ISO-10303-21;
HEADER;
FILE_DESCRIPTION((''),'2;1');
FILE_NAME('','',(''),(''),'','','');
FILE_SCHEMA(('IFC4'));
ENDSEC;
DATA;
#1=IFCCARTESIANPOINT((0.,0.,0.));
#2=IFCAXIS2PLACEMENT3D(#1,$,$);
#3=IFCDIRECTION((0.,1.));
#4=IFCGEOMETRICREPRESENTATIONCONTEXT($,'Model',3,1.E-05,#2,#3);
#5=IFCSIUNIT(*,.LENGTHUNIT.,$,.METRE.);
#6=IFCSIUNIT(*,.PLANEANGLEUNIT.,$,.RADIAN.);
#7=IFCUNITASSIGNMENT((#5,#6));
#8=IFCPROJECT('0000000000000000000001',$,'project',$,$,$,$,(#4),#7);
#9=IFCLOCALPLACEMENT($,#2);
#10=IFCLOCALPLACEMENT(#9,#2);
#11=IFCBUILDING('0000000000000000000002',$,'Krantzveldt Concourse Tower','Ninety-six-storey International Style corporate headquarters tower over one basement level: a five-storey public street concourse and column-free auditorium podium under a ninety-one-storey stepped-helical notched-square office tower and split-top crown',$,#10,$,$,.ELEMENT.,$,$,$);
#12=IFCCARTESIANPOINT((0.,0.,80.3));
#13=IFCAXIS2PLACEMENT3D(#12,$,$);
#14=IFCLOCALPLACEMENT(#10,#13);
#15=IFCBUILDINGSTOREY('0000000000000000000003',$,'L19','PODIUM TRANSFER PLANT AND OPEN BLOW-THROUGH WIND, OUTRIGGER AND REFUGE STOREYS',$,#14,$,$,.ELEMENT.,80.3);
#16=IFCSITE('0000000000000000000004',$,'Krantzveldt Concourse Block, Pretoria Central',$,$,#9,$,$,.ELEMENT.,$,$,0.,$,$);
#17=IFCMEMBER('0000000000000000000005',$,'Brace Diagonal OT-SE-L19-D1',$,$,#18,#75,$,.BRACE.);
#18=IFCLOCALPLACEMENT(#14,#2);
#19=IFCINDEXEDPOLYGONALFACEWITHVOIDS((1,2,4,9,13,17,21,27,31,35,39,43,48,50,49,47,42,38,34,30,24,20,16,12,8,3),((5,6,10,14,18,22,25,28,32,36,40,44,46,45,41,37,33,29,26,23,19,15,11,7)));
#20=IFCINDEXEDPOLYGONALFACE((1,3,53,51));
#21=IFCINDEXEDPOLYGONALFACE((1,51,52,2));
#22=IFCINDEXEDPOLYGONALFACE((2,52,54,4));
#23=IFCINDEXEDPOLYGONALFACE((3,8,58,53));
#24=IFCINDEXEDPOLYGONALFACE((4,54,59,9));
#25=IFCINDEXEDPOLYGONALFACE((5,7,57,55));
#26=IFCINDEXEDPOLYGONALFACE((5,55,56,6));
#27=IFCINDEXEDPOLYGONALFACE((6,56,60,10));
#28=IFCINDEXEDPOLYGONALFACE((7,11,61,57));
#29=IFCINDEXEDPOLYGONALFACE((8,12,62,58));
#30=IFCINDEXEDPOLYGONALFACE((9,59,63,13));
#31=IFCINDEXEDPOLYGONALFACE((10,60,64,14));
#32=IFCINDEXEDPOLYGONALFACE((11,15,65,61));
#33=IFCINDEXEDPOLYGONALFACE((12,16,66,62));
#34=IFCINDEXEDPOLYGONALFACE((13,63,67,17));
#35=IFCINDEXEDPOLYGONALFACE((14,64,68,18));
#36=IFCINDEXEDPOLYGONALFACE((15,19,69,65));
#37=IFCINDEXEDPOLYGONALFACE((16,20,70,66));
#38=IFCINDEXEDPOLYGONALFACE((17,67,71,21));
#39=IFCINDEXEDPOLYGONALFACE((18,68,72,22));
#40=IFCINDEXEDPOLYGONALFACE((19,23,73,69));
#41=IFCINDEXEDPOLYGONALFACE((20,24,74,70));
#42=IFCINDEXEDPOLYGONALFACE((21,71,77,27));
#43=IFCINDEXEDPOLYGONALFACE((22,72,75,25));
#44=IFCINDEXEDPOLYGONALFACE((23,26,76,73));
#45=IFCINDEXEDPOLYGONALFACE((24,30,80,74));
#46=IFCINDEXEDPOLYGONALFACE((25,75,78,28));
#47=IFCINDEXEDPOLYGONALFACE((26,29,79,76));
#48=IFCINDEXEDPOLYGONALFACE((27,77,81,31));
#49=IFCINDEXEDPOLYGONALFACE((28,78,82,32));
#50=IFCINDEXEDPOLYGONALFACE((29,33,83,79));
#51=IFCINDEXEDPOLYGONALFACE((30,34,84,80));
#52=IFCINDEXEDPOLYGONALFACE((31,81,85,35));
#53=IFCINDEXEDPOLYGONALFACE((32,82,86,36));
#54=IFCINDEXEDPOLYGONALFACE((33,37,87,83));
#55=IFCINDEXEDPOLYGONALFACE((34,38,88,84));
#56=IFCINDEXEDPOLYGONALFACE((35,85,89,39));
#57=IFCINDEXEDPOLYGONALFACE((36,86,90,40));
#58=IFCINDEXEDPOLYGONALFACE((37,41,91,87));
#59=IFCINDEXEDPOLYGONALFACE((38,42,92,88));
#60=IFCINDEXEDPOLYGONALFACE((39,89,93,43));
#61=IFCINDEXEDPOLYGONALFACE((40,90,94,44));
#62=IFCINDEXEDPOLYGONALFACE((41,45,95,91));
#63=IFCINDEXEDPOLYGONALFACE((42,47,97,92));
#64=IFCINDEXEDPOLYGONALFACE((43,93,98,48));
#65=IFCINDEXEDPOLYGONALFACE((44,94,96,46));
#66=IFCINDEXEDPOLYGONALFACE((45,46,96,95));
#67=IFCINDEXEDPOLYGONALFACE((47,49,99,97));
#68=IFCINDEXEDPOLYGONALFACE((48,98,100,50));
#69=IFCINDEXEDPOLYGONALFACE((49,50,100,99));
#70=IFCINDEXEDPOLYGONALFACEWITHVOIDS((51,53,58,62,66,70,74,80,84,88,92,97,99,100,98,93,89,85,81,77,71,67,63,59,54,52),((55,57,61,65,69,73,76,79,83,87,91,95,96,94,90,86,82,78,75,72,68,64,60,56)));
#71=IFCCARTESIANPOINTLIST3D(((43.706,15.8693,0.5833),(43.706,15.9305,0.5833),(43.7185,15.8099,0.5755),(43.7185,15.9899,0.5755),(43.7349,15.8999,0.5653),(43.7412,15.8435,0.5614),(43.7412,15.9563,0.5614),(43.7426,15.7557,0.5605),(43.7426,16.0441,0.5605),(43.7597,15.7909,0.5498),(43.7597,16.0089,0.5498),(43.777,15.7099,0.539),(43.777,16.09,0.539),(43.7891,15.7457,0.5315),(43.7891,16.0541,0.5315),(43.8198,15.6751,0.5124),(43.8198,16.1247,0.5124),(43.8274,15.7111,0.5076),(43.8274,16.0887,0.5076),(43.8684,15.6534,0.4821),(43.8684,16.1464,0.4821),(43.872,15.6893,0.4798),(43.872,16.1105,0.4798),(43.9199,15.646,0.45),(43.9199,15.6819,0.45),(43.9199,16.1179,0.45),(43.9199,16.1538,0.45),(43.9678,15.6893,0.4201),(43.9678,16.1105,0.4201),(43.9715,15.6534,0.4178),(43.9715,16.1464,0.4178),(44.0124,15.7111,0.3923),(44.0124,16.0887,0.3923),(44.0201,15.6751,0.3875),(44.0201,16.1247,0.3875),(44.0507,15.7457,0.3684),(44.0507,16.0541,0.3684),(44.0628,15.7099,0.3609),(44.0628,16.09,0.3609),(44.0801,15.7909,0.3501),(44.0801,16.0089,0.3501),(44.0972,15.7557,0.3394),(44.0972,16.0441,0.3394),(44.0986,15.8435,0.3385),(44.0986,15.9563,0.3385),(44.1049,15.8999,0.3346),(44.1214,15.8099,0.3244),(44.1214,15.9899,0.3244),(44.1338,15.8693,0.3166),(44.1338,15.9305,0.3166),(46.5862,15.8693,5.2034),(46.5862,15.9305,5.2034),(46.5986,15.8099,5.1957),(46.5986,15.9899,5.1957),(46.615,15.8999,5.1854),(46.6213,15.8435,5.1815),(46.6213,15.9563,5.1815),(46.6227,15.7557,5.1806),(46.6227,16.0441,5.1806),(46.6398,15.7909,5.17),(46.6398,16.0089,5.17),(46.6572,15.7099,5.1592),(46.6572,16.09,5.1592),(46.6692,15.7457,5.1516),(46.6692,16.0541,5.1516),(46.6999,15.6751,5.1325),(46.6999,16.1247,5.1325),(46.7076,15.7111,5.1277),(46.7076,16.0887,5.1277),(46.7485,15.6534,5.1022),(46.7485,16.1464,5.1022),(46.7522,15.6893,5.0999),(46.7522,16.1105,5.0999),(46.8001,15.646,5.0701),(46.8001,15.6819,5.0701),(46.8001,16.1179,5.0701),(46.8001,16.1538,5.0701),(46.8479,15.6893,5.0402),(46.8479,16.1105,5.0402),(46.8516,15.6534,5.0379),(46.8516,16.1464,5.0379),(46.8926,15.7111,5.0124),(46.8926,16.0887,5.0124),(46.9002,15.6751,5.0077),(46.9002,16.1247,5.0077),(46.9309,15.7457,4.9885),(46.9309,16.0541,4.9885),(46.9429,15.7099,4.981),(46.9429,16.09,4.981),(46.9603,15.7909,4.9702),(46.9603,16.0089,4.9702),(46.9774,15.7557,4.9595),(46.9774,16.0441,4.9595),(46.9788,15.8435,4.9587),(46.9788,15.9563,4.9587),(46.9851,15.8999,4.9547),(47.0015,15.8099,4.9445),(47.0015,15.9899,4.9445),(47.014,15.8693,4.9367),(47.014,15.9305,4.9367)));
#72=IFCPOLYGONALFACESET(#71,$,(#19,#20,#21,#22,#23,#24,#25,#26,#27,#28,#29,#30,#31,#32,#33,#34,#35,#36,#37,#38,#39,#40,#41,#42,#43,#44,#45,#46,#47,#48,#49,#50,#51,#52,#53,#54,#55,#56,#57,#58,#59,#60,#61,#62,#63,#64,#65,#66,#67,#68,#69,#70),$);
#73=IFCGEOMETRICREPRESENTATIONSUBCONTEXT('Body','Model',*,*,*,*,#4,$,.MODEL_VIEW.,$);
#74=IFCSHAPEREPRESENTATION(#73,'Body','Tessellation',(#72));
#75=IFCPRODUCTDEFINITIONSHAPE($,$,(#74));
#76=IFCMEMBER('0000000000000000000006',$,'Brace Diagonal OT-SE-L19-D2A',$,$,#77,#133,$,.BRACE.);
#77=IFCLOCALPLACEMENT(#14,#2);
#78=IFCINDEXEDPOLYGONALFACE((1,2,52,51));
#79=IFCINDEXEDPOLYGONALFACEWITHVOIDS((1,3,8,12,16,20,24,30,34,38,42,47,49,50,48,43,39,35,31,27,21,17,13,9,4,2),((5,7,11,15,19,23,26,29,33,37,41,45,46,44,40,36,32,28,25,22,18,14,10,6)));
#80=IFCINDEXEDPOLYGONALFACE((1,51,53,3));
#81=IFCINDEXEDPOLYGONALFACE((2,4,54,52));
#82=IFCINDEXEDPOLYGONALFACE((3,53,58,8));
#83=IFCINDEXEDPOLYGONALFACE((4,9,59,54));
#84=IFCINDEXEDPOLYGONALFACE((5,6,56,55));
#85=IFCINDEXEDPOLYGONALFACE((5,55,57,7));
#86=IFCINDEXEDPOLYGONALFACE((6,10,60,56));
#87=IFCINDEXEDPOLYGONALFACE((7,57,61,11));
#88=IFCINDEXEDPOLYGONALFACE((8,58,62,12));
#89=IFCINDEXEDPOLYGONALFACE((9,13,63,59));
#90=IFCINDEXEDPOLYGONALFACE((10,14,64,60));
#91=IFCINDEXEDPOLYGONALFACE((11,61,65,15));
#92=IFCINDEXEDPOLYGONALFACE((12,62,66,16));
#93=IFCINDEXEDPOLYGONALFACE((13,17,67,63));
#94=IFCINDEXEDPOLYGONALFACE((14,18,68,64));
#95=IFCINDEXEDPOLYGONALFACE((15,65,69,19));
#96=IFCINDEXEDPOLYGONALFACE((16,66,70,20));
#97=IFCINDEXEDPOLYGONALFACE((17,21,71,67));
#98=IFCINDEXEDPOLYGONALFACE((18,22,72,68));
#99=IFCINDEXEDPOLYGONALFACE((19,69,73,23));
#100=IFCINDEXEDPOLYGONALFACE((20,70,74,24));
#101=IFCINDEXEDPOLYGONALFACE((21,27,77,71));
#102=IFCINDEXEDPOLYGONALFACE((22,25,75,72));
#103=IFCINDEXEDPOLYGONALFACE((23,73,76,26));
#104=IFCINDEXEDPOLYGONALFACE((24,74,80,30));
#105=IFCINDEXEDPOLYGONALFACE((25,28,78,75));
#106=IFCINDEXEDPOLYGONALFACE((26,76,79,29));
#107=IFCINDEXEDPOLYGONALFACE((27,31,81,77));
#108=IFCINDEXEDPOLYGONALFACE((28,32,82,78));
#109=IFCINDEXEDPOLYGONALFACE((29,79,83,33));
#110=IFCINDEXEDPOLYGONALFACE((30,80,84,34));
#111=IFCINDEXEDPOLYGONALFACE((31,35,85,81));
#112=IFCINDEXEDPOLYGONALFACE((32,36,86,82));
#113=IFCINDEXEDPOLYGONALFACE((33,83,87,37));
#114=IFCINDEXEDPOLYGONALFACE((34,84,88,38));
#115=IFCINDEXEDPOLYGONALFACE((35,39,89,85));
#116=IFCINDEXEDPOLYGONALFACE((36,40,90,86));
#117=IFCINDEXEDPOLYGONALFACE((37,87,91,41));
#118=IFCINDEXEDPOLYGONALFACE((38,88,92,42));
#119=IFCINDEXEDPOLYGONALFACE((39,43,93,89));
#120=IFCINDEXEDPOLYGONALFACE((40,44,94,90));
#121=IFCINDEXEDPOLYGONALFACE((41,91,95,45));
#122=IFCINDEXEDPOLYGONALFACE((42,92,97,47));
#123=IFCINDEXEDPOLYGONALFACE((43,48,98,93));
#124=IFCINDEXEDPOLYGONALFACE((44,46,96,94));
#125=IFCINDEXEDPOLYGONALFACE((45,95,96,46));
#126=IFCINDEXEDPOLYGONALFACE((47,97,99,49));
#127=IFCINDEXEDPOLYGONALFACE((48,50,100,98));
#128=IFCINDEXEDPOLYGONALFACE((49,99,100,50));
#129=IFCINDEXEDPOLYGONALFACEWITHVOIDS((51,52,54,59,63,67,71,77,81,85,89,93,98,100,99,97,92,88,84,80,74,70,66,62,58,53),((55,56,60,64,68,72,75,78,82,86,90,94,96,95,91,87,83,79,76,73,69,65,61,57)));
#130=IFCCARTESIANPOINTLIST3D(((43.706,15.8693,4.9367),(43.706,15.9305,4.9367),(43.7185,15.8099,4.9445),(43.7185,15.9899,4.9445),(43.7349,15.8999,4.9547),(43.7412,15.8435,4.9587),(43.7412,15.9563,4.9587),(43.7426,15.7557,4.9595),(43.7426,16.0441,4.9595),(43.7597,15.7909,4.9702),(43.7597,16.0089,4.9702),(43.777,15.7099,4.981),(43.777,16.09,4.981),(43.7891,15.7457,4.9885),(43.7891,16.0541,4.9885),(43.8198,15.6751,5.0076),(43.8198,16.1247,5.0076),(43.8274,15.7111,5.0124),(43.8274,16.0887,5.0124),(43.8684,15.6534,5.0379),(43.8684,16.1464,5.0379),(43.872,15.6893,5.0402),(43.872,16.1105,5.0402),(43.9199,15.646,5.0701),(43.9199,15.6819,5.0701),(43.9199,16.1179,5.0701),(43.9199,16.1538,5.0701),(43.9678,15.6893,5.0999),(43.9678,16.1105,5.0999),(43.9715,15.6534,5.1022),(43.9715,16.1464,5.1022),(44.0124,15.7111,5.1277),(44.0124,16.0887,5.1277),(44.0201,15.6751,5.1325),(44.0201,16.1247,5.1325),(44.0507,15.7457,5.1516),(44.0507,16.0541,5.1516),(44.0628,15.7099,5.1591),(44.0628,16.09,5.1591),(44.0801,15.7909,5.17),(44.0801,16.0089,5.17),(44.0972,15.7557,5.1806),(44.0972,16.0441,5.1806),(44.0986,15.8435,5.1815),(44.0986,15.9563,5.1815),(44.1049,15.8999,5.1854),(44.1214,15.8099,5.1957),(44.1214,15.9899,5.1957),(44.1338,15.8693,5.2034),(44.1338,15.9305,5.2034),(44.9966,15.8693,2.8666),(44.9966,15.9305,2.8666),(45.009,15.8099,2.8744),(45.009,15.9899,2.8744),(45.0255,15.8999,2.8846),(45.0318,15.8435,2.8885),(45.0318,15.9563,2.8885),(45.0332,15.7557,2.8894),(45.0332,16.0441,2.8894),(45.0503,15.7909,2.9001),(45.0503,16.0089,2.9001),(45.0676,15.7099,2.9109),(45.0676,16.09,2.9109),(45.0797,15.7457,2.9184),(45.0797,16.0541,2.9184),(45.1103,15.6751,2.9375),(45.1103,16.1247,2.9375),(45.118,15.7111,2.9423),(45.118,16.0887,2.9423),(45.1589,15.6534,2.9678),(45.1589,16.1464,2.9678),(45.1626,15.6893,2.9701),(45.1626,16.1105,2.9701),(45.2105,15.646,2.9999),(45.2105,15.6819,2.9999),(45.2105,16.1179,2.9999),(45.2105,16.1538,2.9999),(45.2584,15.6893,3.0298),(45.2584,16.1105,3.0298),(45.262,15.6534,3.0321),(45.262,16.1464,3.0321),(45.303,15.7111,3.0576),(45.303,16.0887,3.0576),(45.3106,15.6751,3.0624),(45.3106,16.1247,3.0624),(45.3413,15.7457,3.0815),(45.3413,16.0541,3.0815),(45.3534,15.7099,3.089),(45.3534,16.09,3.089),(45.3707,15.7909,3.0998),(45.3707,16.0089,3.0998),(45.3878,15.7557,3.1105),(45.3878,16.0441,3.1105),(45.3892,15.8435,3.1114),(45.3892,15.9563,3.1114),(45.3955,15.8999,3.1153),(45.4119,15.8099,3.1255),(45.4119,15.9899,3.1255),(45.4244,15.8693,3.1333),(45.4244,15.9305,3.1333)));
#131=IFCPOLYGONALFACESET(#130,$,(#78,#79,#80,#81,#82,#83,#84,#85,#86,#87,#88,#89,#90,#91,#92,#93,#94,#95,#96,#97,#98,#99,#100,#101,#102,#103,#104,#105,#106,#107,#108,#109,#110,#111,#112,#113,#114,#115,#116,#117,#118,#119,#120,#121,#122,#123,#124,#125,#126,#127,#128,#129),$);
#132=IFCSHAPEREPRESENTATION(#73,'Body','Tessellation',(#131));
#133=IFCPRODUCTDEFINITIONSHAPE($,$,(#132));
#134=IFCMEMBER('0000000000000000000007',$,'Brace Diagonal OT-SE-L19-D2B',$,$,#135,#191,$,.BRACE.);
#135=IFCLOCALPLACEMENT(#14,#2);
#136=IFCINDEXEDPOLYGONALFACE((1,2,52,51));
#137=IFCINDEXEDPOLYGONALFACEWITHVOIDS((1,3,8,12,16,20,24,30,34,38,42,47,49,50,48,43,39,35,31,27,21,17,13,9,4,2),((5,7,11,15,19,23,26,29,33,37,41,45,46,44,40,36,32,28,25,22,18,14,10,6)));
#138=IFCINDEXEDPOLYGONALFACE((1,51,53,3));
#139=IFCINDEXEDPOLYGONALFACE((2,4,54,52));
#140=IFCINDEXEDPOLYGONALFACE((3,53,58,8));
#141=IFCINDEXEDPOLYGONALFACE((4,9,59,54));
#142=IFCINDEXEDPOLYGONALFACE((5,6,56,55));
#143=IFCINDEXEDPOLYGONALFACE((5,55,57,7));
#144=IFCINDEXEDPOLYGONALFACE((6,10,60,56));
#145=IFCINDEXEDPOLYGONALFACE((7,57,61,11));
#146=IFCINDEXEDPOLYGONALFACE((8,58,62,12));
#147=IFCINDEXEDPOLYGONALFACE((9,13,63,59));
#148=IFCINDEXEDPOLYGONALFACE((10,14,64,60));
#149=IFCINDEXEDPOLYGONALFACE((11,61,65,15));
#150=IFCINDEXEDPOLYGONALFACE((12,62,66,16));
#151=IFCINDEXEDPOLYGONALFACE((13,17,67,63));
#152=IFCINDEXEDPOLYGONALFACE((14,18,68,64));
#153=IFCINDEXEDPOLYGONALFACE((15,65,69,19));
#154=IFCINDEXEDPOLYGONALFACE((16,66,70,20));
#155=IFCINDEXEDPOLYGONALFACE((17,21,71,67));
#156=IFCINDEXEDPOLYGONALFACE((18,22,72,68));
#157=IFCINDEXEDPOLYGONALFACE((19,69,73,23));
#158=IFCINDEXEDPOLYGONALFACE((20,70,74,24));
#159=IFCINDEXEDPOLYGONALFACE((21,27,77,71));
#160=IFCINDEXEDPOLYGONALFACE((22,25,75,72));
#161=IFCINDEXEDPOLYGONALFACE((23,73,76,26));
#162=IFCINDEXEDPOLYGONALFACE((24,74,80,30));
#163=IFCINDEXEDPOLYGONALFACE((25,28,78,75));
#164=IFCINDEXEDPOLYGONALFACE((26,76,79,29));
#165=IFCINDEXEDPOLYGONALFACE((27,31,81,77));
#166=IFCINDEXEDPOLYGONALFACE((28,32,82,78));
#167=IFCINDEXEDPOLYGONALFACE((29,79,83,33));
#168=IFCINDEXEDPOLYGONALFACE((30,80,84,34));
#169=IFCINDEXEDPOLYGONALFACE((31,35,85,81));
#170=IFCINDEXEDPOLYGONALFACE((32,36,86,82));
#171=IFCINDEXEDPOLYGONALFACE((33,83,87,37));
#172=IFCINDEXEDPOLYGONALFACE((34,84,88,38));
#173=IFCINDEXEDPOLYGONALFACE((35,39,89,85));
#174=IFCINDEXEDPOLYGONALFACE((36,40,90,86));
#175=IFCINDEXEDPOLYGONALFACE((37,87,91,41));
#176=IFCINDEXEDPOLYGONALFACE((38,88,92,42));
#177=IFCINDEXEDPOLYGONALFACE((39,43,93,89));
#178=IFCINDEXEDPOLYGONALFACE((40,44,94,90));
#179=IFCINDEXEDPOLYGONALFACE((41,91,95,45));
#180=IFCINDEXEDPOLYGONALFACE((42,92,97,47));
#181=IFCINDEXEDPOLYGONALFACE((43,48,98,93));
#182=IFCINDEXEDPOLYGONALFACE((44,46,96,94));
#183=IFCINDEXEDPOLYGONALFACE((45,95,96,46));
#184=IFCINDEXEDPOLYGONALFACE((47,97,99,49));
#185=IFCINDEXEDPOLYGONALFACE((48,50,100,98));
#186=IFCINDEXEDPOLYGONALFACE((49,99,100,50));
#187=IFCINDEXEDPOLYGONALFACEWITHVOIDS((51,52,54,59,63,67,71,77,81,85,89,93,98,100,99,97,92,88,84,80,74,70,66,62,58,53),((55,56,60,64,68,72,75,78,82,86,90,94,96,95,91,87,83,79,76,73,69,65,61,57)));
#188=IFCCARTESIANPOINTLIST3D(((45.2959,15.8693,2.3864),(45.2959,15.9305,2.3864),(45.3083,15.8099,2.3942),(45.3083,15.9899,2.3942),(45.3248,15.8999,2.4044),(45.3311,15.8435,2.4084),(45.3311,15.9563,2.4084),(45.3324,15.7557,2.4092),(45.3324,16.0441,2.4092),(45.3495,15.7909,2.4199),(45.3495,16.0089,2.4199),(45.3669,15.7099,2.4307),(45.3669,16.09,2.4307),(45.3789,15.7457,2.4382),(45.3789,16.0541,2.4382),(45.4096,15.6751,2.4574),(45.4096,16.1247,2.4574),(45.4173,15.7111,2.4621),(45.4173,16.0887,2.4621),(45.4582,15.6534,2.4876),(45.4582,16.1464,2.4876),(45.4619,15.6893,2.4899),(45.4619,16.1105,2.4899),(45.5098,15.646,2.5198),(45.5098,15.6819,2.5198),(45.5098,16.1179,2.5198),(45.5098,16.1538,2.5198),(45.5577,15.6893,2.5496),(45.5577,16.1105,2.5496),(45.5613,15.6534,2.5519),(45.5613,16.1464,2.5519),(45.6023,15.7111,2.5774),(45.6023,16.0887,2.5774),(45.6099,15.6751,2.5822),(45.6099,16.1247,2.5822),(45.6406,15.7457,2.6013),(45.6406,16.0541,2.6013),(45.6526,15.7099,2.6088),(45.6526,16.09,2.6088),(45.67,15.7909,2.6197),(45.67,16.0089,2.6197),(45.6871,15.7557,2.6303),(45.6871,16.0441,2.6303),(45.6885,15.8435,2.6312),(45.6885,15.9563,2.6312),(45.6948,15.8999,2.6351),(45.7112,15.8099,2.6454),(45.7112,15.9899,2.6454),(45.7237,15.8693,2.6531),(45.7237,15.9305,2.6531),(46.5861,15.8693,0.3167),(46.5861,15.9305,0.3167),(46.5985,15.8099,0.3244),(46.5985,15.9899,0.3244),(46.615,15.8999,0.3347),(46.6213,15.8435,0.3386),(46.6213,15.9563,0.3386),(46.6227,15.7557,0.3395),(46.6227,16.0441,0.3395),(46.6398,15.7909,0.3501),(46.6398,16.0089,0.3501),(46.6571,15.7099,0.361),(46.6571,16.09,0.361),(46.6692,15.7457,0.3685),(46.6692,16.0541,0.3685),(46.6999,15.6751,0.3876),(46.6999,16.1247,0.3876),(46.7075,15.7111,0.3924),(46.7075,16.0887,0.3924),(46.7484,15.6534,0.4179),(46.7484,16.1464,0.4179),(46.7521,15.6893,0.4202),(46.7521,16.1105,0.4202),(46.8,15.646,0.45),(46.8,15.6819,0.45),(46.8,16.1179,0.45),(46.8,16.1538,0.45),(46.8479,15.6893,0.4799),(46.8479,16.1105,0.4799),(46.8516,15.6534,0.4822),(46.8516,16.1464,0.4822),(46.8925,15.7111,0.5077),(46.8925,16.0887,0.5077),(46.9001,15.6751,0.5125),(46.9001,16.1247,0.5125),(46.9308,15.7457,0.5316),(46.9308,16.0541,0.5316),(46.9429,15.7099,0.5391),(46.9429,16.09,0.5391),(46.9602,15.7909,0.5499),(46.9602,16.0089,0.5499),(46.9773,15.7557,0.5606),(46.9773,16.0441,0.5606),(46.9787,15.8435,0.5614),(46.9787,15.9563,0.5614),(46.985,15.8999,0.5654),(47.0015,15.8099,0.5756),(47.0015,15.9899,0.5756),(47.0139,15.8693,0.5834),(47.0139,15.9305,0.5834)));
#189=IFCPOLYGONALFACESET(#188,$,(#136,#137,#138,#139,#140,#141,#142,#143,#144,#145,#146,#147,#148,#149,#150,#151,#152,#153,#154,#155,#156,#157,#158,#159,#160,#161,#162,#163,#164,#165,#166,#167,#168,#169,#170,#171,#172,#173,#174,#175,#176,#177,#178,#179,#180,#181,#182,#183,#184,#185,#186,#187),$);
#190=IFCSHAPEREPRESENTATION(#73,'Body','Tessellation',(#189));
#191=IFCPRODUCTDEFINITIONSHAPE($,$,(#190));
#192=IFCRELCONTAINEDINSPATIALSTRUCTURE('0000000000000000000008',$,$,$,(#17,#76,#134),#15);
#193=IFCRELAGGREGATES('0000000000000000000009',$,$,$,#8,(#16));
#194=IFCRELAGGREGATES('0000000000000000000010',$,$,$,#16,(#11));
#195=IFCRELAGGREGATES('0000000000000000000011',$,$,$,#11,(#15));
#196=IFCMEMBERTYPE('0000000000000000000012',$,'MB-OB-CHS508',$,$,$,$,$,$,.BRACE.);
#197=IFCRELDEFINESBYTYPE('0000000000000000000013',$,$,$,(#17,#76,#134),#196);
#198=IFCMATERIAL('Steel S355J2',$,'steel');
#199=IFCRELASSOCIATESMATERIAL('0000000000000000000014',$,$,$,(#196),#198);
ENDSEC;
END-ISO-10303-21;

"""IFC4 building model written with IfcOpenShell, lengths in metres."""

from ifc_helpers import new_model, si_unit, direction, frame, origin, origin_2d, place, context, subcontext, project, spatial, hollow_circle, extrude, source, transform, mapped, material, material_profile, profile_set, type_object, type_shapes, element, save


model = new_model("IFC4")

# Units and contexts
model_context = context("Model", 3, precision=1e-05, world=origin(), true_north=direction((0.0, 1.0)))
body_context = subcontext(model_context, "Body", "Model", "MODEL_VIEW")
ifc_project = project(units=[si_unit("LENGTHUNIT", "METRE"), si_unit("PLANEANGLEUNIT", "RADIAN")], contexts=[model_context])

# Site, building, storey
site_placement = place(None, origin())
site = spatial("IfcSite", under=ifc_project, at=site_placement, Name="Krantzveldt Concourse Block, Pretoria Central", CompositionType="ELEMENT", RefElevation=0.0)
building_placement = place(site_placement, origin())
building = spatial("IfcBuilding", under=site, at=building_placement, Name="Krantzveldt Concourse Tower", Description="Ninety-six-storey International Style corporate headquarters tower over one basement level: a five-storey public street concourse and column-free auditorium podium under a ninety-one-storey stepped-helical notched-square office tower and split-top crown", CompositionType="ELEMENT")
storey_placement = place(building_placement, frame((0.0, 0.0, 80.3)))
storey = spatial("IfcBuildingStorey", under=building, at=storey_placement, Name="L19", Description="PODIUM TRANSFER PLANT AND OPEN BLOW-THROUGH WIND, OUTRIGGER AND REFUGE STOREYS", CompositionType="ELEMENT", Elevation=80.3)

# Shared definitions
ifc_material_1 = material(Name="Steel S355J2", Category="steel")

# Members
ifc_material_profile_1 = material_profile(ifc_material_1, hollow_circle(Radius=0.2539, WallThickness=0.0359, at=origin_2d()), Name="Steel S355J2", Category="steel")
ifc_profile_set_1 = profile_set([ifc_material_profile_1], Name="Steel S355J2 - CHS 508x36")
member_type = type_object("IfcMemberType", Name="MB-OB-CHS508", PredefinedType="BRACE", material=ifc_profile_set_1)
shared_shape_1 = source(origin(), body_context, "Body", "SweptSolid", [
    extrude(hollow_circle(Radius=0.2539, WallThickness=0.0359, at=origin_2d()), origin(), (0.0, 0.0, 1.0), 5.4443),
])
member_1_placement = place(storey_placement, frame((43.9199, 15.8999, 0.45), z_axis=(0.529015, 0.0, 0.848612), x_axis=(0.0, 1.0, 0.0)))
element("IfcMember", 1, at=member_1_placement, inside=storey, type_object=member_type, Name="Brace Diagonal OT-SE-L19-D1", PredefinedType="BRACE", context=body_context, shape_type="MappedRepresentation", body=[
    mapped(shared_shape_1, transform((0.0, 0.0, 0.0), x_axis=(1.0, 0.0, 0.0), y_axis=(0.0, 1.0, 0.0), z_axis=(0.0, 0.0, 1.0), scale=1.0)),
])
shared_shape_2 = source(origin(), body_context, "Body", "SweptSolid", [
    extrude(hollow_circle(Radius=0.2539, WallThickness=0.0359, at=origin_2d()), origin(), (0.0, 0.0, 1.0), 2.4395),
])
member_2_placement = place(storey_placement, frame((43.9199, 15.8999, 5.0701), z_axis=(0.529036, 0.0, -0.848599), x_axis=(0.0, 1.0, 0.0)))
element("IfcMember", 2, at=member_2_placement, inside=storey, type_object=member_type, Name="Brace Diagonal OT-SE-L19-D2A", PredefinedType="BRACE", context=body_context, shape_type="MappedRepresentation", body=[
    mapped(shared_shape_2, transform((0.0, 0.0, 0.0), x_axis=(1.0, 0.0, 0.0), y_axis=(0.0, 1.0, 0.0), z_axis=(0.0, 0.0, 1.0), scale=1.0)),
])
shared_shape_3 = source(origin(), body_context, "Body", "SweptSolid", [
    extrude(hollow_circle(Radius=0.2539, WallThickness=0.0359, at=origin_2d()), origin(), (0.0, 0.0, 1.0), 2.439),
])
type_shapes(member_type, [shared_shape_1, shared_shape_2, shared_shape_3])
member_3_placement = place(storey_placement, frame((45.5098, 15.8999, 2.5198), z_axis=(0.529009, 0.0, -0.848616), x_axis=(0.0, 1.0, 0.0)))
element("IfcMember", 3, at=member_3_placement, inside=storey, type_object=member_type, Name="Brace Diagonal OT-SE-L19-D2B", PredefinedType="BRACE", context=body_context, shape_type="MappedRepresentation", body=[
    mapped(shared_shape_3, transform((0.0, 0.0, 0.0), x_axis=(1.0, 0.0, 0.0), y_axis=(0.0, 1.0, 0.0), z_axis=(0.0, 0.0, 1.0), scale=1.0)),
])

save(model, "model.ifc")
